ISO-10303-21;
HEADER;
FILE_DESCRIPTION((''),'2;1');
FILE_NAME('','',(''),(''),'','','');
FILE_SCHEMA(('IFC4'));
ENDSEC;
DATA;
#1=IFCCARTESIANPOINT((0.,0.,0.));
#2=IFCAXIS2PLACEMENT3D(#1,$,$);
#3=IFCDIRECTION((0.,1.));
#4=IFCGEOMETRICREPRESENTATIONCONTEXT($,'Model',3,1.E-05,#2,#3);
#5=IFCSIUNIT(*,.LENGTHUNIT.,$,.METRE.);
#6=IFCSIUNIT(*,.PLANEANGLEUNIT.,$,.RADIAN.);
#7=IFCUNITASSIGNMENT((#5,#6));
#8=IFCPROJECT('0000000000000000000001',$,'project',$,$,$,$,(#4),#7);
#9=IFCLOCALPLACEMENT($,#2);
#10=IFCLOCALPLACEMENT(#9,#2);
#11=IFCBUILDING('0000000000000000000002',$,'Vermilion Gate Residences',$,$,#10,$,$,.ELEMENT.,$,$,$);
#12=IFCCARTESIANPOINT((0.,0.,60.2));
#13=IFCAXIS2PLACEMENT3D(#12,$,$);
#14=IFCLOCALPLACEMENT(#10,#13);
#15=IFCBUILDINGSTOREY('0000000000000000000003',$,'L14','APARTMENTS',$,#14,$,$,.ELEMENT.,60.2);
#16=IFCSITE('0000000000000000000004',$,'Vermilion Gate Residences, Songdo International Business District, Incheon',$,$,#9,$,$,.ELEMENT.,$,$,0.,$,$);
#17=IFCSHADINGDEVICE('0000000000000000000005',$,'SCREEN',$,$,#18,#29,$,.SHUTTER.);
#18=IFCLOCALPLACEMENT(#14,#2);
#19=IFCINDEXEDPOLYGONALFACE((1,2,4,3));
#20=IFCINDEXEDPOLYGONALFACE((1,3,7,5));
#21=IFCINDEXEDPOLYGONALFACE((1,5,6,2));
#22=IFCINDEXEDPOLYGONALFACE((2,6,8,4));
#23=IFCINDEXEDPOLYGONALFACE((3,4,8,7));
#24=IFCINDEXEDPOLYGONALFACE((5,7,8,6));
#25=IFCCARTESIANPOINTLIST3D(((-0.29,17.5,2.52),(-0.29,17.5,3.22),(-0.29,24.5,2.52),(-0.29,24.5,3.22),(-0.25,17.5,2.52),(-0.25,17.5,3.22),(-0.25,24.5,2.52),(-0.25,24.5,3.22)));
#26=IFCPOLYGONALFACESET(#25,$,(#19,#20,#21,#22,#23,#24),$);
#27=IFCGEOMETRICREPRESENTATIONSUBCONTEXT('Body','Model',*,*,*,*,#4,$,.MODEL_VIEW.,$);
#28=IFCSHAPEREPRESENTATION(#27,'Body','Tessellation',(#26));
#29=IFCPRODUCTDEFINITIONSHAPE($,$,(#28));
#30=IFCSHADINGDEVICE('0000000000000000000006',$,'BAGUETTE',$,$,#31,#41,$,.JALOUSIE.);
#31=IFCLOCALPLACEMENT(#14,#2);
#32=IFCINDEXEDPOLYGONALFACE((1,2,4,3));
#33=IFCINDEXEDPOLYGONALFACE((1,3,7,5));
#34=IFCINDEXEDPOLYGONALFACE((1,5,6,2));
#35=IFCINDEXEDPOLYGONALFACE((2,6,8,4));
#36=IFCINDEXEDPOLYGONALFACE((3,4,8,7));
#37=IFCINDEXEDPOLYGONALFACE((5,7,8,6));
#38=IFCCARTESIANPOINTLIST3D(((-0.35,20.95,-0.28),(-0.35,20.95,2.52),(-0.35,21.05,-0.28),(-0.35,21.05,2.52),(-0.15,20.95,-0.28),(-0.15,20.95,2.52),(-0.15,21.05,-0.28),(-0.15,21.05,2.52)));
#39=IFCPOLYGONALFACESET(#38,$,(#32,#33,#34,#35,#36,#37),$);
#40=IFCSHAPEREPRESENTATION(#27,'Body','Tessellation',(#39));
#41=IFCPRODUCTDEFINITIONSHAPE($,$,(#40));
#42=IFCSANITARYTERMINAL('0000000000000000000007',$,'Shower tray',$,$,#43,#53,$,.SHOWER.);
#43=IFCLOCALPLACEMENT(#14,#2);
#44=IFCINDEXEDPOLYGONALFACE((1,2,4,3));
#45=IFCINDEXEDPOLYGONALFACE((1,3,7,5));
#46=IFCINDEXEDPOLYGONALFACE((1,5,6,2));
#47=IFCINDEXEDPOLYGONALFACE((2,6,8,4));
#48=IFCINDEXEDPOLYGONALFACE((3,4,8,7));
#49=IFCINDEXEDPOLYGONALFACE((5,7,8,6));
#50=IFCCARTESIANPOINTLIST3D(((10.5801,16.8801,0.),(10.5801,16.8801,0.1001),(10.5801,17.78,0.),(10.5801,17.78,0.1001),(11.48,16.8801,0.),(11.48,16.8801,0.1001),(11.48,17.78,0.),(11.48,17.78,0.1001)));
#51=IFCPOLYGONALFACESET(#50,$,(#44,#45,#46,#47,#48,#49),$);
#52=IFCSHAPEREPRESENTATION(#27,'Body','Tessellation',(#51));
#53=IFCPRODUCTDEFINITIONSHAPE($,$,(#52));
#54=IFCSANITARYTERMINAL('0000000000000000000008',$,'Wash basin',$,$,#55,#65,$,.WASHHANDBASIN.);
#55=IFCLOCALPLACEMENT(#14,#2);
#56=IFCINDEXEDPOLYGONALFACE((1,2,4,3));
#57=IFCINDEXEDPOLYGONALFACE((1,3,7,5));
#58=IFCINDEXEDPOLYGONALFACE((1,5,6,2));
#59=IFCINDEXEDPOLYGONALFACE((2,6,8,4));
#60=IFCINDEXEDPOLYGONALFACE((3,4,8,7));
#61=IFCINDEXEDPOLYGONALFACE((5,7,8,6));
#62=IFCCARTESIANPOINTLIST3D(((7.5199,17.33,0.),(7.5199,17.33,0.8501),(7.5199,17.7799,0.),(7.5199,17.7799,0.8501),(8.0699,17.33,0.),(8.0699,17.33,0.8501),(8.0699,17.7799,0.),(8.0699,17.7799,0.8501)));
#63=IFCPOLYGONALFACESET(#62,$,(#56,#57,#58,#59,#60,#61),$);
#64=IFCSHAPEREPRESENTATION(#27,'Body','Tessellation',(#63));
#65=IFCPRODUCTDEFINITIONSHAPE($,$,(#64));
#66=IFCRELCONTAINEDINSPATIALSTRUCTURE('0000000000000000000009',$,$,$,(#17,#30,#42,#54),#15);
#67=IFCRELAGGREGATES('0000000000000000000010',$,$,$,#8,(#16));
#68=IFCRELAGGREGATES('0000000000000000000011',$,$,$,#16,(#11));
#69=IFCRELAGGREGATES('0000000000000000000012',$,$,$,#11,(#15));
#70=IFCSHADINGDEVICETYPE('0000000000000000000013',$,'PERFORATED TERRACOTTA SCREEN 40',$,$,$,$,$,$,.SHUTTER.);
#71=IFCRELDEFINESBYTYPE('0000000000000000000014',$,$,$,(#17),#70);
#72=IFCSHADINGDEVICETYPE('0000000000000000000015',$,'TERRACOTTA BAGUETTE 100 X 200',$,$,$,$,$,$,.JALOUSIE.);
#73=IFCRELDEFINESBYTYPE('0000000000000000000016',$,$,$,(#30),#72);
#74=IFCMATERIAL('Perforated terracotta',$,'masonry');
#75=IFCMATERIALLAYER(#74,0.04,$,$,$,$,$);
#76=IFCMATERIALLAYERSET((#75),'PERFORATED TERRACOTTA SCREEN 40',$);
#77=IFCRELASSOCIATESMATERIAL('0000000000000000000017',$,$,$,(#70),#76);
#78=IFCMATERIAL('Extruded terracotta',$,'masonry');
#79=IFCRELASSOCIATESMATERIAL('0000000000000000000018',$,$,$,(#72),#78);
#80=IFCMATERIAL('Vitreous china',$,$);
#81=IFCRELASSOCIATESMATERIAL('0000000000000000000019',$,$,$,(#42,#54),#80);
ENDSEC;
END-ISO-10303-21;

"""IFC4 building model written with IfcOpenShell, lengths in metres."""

from ifc_helpers import new_model, si_unit, direction, frame, origin, origin_2d, place, context, subcontext, project, spatial, rectangle, extrude, material, layer, layer_set, material_profile, profile_set, type_object, element, save


model = new_model("IFC4")

# Units and contexts
model_context = context("Model", 3, precision=1e-05, world=origin(), true_north=direction((0.0, 1.0)))
body_context = subcontext(model_context, "Body", "Model", "MODEL_VIEW")
ifc_project = project(units=[si_unit("LENGTHUNIT", "METRE"), si_unit("PLANEANGLEUNIT", "RADIAN")], contexts=[model_context])

# Site, building, storey
site_placement = place(None, origin())
site = spatial("IfcSite", under=ifc_project, at=site_placement, Name="Vermilion Gate Residences, Songdo International Business District, Incheon", CompositionType="ELEMENT", RefElevation=0.0)
building_placement = place(site_placement, origin())
building = spatial("IfcBuilding", under=site, at=building_placement, Name="Vermilion Gate Residences", CompositionType="ELEMENT")
storey_placement = place(building_placement, frame((0.0, 0.0, 60.2)))
storey = spatial("IfcBuildingStorey", under=building, at=storey_placement, Name="L14", Description="APARTMENTS", CompositionType="ELEMENT", Elevation=60.2)

# Shading devices
ifc_material_1 = material(Name="Perforated terracotta", Category="masonry")
ifc_layer_1 = layer(ifc_material_1, 0.04)
ifc_layer_set_1 = layer_set([ifc_layer_1], Name="PERFORATED TERRACOTTA SCREEN 40")
shading_device_type_1 = type_object("IfcShadingDeviceType", Name="PERFORATED TERRACOTTA SCREEN 40", PredefinedType="SHUTTER", material=ifc_layer_set_1)
shading_device_1_placement = place(storey_placement, frame((-0.27, 21.0, 2.52), z_axis=(0.0, 0.0, 1.0), x_axis=(0.0, -1.0, 0.0)))
element("IfcShadingDevice", 1, at=shading_device_1_placement, inside=storey, type_object=shading_device_type_1, Name="SCREEN", PredefinedType="SHUTTER", context=body_context, shape_type="SweptSolid", body=[
    extrude(rectangle(XDim=7.0, YDim=0.04, at=origin_2d()), origin(), (0.0, 0.0, 1.0), 0.7),
])
ifc_material_2 = material(Name="Extruded terracotta", Category="masonry")
ifc_material_profile_1 = material_profile(ifc_material_2, rectangle(XDim=0.2, YDim=0.1001, at=origin_2d()), Name="BAGUETTE 100 X 200")
ifc_profile_set_1 = profile_set([ifc_material_profile_1], Name="Extruded terracotta")
shading_device_type_2 = type_object("IfcShadingDeviceType", Name="TERRACOTTA BAGUETTE 100 X 200", PredefinedType="JALOUSIE", material=ifc_profile_set_1)
shading_device_2_placement = place(storey_placement, frame((-0.25, 21.0, -0.28), z_axis=(0.0, 0.0, 1.0), x_axis=(1.0, 0.0, 0.0)))
element("IfcShadingDevice", 2, at=shading_device_2_placement, inside=storey, type_object=shading_device_type_2, Name="BAGUETTE", PredefinedType="JALOUSIE", context=body_context, shape_type="SweptSolid", body=[
    extrude(rectangle(XDim=0.2, YDim=0.1001, at=origin_2d()), origin(), (0.0, 0.0, 1.0), 2.8),
])

# Sanitary terminals
ifc_material_3 = material(Name="Vitreous china")
sanitary_terminal_1_placement = place(storey_placement, frame((11.03, 17.3301, 0.0), z_axis=(0.0, 0.0, 1.0), x_axis=(1.0, 0.0, 0.0)))
element("IfcSanitaryTerminal", 3, at=sanitary_terminal_1_placement, inside=storey, material=ifc_material_3, Name="Shower tray", PredefinedType="SHOWER", context=body_context, shape_type="SweptSolid", body=[
    extrude(rectangle(XDim=0.8999, YDim=0.8999, at=origin_2d()), origin(), (0.0, 0.0, 1.0), 0.1001),
])
sanitary_terminal_2_placement = place(storey_placement, frame((7.7949, 17.5549, 0.0), z_axis=(0.0, 0.0, 1.0), x_axis=(1.0, 0.0, 0.0)))
element("IfcSanitaryTerminal", 4, at=sanitary_terminal_2_placement, inside=storey, material=ifc_material_3, Name="Wash basin", PredefinedType="WASHHANDBASIN", context=body_context, shape_type="SweptSolid", body=[
    extrude(rectangle(XDim=0.55, YDim=0.45, at=origin_2d()), origin(), (0.0, 0.0, 1.0), 0.8501),
])

save(model, "model.ifc")
